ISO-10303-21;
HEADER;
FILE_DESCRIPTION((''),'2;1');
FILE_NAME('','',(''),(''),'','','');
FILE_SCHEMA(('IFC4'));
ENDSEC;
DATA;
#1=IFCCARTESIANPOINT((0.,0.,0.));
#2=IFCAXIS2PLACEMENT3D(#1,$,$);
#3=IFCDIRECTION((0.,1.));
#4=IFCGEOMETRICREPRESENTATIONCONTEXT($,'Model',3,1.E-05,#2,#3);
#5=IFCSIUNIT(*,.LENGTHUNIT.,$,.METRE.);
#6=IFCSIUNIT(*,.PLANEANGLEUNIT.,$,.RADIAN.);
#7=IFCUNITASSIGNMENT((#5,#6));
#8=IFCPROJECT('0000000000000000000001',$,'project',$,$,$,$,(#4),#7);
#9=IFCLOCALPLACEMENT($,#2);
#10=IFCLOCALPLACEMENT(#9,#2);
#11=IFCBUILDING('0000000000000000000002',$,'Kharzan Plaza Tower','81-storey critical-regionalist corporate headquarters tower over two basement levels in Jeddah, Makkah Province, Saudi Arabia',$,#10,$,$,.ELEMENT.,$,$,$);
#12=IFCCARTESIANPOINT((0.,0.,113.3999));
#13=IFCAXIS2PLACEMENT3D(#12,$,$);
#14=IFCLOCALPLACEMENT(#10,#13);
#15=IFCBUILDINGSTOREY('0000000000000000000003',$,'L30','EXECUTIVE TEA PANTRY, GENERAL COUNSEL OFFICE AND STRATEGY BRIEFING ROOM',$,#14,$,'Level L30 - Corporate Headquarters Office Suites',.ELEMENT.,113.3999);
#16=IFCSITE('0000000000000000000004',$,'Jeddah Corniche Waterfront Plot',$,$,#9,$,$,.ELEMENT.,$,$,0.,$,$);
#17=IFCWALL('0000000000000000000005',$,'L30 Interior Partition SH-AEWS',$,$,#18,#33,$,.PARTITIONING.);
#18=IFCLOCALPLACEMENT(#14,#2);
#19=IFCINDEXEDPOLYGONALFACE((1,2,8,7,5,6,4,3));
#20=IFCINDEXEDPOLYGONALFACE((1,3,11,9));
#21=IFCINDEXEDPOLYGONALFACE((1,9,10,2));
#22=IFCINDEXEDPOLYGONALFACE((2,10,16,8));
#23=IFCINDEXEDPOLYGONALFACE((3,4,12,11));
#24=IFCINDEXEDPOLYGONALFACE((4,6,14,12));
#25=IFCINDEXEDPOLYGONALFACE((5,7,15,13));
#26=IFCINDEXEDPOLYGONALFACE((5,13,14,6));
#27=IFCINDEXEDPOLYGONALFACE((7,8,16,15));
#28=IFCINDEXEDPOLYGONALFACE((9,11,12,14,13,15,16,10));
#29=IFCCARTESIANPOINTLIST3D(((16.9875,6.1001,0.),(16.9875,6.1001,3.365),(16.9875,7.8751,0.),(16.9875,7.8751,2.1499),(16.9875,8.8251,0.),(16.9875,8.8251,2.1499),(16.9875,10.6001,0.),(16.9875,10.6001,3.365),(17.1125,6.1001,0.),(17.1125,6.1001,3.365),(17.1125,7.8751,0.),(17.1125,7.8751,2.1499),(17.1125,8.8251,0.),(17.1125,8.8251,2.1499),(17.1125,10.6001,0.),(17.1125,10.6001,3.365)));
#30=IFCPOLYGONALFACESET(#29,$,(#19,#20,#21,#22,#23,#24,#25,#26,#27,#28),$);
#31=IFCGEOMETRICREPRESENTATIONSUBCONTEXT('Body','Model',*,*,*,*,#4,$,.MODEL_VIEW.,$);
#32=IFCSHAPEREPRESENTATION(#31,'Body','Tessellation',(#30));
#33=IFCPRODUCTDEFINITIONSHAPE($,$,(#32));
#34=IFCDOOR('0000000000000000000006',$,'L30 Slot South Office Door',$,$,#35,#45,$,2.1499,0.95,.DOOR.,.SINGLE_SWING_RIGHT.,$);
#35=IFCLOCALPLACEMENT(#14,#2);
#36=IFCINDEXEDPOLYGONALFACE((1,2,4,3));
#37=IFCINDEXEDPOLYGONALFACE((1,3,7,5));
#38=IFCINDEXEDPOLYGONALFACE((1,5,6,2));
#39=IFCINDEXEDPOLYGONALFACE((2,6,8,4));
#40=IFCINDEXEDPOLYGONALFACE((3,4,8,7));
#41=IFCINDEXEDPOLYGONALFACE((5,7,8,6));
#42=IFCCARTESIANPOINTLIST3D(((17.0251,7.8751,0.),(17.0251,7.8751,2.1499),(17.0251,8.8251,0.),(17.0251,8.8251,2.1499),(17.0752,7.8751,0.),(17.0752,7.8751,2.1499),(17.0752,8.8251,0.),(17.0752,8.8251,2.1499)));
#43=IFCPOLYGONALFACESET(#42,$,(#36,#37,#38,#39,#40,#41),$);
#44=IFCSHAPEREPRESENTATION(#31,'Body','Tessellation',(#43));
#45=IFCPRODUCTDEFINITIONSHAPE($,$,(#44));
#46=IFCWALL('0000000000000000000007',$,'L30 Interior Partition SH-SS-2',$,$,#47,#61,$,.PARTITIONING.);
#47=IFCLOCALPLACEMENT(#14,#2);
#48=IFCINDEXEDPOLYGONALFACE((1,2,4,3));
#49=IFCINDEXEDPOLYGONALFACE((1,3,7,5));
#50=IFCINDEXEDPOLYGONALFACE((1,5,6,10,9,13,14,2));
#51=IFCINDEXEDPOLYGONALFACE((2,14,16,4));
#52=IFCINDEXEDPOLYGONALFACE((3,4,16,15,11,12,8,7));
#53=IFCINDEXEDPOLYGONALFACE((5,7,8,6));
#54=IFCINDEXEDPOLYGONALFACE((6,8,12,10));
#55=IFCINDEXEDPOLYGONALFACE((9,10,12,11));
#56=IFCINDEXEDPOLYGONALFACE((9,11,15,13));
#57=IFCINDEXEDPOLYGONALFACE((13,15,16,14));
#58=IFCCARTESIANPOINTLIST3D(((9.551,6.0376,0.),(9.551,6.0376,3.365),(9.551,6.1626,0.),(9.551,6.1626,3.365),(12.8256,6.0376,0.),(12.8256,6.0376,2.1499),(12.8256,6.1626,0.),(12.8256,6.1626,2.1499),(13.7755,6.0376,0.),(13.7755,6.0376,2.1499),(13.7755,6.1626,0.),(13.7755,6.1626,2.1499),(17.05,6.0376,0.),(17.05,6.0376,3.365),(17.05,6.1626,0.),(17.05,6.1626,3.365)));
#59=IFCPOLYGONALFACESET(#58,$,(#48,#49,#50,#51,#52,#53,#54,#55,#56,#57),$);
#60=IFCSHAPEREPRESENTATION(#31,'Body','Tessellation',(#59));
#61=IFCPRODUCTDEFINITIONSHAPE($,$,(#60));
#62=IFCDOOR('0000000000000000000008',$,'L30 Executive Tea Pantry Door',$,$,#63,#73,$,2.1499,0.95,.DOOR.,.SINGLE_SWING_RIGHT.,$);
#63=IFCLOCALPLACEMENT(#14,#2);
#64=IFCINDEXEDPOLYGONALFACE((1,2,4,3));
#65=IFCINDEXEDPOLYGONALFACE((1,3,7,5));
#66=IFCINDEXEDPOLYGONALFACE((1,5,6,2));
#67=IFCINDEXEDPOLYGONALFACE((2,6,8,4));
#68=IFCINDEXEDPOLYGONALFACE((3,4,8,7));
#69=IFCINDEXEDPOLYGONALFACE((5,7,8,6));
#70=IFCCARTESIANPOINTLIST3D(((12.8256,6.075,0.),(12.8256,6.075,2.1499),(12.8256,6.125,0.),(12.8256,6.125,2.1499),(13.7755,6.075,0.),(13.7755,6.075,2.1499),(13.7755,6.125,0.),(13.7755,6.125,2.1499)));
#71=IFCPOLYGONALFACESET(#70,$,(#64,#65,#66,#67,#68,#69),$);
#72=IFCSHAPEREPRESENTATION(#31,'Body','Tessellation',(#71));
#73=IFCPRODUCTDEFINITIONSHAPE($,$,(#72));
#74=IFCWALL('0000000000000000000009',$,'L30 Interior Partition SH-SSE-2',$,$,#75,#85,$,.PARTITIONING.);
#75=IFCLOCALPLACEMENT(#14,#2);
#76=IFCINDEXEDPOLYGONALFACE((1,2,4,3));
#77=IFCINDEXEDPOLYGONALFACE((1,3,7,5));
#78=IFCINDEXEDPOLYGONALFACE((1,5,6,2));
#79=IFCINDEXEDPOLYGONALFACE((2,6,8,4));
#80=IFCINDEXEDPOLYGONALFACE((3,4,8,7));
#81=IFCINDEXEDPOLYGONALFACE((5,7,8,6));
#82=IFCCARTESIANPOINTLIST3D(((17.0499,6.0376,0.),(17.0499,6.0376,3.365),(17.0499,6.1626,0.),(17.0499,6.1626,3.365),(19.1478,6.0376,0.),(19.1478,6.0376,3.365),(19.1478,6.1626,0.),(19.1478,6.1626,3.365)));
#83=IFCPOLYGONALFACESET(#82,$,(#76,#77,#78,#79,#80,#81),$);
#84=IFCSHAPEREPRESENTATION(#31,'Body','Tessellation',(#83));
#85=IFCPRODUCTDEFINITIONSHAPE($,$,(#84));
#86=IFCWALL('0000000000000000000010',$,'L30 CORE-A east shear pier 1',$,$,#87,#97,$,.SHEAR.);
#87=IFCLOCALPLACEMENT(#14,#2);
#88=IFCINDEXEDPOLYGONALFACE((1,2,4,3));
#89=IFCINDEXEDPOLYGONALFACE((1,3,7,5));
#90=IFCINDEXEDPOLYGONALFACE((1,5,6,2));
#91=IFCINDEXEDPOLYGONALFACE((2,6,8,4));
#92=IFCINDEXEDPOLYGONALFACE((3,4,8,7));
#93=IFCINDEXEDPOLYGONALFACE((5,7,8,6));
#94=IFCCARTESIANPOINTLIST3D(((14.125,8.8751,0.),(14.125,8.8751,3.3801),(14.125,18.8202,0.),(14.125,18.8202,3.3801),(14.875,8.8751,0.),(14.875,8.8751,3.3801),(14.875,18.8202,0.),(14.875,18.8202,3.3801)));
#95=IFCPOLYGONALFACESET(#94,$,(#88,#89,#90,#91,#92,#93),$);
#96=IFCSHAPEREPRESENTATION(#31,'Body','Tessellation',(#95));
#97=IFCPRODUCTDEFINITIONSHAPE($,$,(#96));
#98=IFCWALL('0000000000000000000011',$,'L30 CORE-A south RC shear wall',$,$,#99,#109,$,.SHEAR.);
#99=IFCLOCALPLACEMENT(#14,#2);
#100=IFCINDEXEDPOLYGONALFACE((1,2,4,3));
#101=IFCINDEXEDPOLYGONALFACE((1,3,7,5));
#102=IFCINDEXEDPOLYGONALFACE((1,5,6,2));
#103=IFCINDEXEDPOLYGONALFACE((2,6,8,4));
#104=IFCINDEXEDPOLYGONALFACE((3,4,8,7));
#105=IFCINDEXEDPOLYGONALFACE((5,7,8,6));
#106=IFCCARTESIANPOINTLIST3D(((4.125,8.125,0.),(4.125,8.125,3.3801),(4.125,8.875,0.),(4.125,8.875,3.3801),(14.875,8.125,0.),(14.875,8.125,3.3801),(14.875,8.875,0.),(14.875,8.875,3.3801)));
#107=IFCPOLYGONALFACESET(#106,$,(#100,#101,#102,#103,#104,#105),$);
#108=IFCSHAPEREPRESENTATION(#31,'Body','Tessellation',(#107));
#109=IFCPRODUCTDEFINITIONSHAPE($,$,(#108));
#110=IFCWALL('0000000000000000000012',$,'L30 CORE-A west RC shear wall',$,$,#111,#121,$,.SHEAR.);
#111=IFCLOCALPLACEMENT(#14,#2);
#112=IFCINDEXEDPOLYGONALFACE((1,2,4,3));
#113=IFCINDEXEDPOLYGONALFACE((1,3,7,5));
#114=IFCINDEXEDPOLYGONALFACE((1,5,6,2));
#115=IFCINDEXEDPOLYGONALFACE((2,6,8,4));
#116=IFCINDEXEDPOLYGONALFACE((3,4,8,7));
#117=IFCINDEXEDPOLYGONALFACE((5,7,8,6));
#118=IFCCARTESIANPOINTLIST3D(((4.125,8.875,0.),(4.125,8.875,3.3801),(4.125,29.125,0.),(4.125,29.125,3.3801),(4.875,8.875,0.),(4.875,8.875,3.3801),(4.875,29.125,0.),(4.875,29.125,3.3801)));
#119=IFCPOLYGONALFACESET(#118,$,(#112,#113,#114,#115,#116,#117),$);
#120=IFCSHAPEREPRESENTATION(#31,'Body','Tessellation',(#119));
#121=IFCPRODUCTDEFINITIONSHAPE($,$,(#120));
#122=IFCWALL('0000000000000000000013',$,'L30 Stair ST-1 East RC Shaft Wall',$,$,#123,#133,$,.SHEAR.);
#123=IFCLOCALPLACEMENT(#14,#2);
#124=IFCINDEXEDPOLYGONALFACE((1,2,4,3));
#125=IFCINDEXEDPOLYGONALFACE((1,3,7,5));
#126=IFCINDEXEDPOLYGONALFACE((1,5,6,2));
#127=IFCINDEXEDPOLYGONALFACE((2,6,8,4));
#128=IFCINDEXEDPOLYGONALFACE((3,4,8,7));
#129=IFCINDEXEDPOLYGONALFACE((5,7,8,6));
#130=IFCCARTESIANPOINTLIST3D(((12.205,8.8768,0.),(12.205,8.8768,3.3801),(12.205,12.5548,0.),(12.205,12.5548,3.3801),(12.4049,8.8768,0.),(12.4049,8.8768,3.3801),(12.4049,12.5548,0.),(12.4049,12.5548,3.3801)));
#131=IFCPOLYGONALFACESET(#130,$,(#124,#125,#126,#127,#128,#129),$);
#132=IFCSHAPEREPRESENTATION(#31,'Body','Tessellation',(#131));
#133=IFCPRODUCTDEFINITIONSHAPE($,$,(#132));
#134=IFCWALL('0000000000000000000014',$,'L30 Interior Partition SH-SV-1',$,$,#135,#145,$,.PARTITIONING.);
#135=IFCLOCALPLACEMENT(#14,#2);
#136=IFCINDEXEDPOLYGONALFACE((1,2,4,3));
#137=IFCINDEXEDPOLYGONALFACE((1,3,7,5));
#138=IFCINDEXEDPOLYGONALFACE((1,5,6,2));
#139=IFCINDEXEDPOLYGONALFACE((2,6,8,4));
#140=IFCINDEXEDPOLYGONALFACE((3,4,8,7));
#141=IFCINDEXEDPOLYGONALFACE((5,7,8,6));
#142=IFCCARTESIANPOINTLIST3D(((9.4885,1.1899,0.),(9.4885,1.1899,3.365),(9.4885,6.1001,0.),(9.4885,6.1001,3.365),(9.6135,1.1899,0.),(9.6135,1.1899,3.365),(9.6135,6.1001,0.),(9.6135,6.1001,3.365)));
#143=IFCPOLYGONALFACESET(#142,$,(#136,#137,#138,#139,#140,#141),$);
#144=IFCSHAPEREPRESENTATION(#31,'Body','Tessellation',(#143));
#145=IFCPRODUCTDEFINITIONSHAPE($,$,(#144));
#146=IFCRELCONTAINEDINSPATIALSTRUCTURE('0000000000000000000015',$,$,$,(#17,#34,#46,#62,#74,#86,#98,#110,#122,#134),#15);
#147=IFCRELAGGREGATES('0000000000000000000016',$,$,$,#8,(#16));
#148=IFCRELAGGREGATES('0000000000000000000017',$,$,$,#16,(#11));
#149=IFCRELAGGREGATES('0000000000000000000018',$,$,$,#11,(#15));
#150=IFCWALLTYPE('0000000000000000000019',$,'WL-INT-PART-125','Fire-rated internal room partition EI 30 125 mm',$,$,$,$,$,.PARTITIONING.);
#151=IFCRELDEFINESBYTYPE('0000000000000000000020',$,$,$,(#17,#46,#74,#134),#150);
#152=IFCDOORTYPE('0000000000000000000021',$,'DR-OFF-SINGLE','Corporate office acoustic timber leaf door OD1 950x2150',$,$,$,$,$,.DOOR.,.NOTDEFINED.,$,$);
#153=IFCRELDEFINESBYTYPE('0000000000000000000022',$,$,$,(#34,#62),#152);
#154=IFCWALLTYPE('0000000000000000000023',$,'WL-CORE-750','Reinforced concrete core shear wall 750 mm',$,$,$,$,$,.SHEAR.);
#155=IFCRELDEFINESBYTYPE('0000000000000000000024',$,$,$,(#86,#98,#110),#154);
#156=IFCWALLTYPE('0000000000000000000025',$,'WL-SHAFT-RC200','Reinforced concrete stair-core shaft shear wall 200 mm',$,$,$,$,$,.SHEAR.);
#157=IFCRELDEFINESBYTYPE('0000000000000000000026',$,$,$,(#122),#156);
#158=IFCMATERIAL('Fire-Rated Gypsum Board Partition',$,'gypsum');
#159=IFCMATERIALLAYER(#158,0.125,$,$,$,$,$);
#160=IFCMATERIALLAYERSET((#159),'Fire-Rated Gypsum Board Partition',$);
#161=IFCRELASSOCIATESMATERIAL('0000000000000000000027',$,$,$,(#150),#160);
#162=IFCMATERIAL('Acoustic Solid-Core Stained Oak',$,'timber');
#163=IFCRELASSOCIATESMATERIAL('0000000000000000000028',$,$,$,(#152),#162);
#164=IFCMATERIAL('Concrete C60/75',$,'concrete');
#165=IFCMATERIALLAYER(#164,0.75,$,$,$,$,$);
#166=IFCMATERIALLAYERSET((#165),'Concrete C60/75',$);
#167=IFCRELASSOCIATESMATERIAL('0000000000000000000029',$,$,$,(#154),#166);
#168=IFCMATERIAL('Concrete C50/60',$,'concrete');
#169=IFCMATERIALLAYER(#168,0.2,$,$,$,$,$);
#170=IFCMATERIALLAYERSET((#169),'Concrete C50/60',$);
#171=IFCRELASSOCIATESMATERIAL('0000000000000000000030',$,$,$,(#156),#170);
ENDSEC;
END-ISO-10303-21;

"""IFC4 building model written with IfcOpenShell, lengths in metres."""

from ifc_helpers import new_model, si_unit, direction, frame, frame_2d, origin, place, context, subcontext, project, spatial, rectangle, extrude, source, transform, mapped, material, layer, layer_set, type_object, element, fill, save


model = new_model("IFC4")

# Units and contexts
model_context = context("Model", 3, precision=1e-05, world=origin(), true_north=direction((0.0, 1.0)))
body_context = subcontext(model_context, "Body", "Model", "MODEL_VIEW")
ifc_project = project(units=[si_unit("LENGTHUNIT", "METRE"), si_unit("PLANEANGLEUNIT", "RADIAN")], contexts=[model_context])

# Site, building, storey
site_placement = place(None, origin())
site = spatial("IfcSite", under=ifc_project, at=site_placement, Name="Jeddah Corniche Waterfront Plot", CompositionType="ELEMENT", RefElevation=0.0)
building_placement = place(site_placement, origin())
building = spatial("IfcBuilding", under=site, at=building_placement, Name="Kharzan Plaza Tower", Description="81-storey critical-regionalist corporate headquarters tower over two basement levels in Jeddah, Makkah Province, Saudi Arabia", CompositionType="ELEMENT")
storey_placement = place(building_placement, frame((0.0, 0.0, 113.3999)))
storey = spatial("IfcBuildingStorey", under=building, at=storey_placement, Name="L30", Description="EXECUTIVE TEA PANTRY, GENERAL COUNSEL OFFICE AND STRATEGY BRIEFING ROOM", LongName="Level L30 - Corporate Headquarters Office Suites", CompositionType="ELEMENT", Elevation=113.3999)

# Shared definitions
ifc_material_1 = material(Name="Concrete C60/75", Category="concrete")

# Walls, openings, doors
ifc_material_2 = material(Name="Fire-Rated Gypsum Board Partition", Category="gypsum")
ifc_layer_1 = layer(ifc_material_2, 0.125)
ifc_layer_set_1 = layer_set([ifc_layer_1], Name="Fire-Rated Gypsum Board Partition")
wall_type_1 = type_object("IfcWallType", Name="WL-INT-PART-125", Description="Fire-rated internal room partition EI 30 125 mm", PredefinedType="PARTITIONING", material=ifc_layer_set_1)
wall_1_placement = place(storey_placement, frame((17.05, 6.1001, 0.0), z_axis=(0.0, 0.0, 1.0), x_axis=(0.0, 1.0, 0.0)))
wall_1 = element("IfcWall", 1, at=wall_1_placement, inside=storey, type_object=wall_type_1, Name="L30 Interior Partition SH-AEWS", PredefinedType="PARTITIONING", context=body_context, shape_type="SweptSolid", body=[
    extrude(rectangle(XDim=4.5, YDim=0.125, at=frame_2d((2.25, 0.0))), origin(), (0.0, 0.0, 1.0), 3.365),
])
opening_1_placement = place(wall_1_placement, frame((1.7749, 0.0, 0.0)))
opening_1 = element("IfcOpeningElement", 2, at=opening_1_placement, cuts=wall_1, PredefinedType="OPENING", context=body_context, shape_type="SweptSolid", body=[
    extrude(rectangle(XDim=0.95, YDim=2.1499, at=frame_2d((0.4751, 1.075))), frame((0.0, 0.0725, 0.0), z_axis=(0.0, -1.0, 0.0), x_axis=(1.0, 0.0, 0.0)), (0.0, 0.0, 1.0), 0.145),
])
ifc_material_3 = material(Name="Acoustic Solid-Core Stained Oak", Category="timber")
door_type = type_object("IfcDoorType", Name="DR-OFF-SINGLE", Description="Corporate office acoustic timber leaf door OD1 950x2150", OperationType="NOTDEFINED", PredefinedType="DOOR", material=ifc_material_3)
shared_shape_1 = source(origin(), body_context, "Body", "SweptSolid", [
    extrude(rectangle(XDim=0.95, YDim=2.1499, at=frame_2d((0.4751, 1.075))), frame((0.0, 0.0249, 0.0), z_axis=(0.0, -1.0, 0.0), x_axis=(1.0, 0.0, 0.0)), (0.0, 0.0, 1.0), 0.05),
])
door_1_placement = place(opening_1_placement, origin())
door_1 = element("IfcDoor", 3, at=door_1_placement, inside=storey, type_object=door_type, Name="L30 Slot South Office Door", OperationType="SINGLE_SWING_RIGHT", OverallHeight=2.1499, OverallWidth=0.95, PredefinedType="DOOR", context=body_context, shape_type="MappedRepresentation", body=[
    mapped(shared_shape_1, transform((0.0, 0.0, 0.0), x_axis=(1.0, 0.0, 0.0), y_axis=(0.0, 1.0, 0.0), z_axis=(0.0, 0.0, 1.0))),
])
fill(opening_1, door_1)
wall_2_placement = place(storey_placement, frame((9.551, 6.1001, 0.0), z_axis=(0.0, 0.0, 1.0), x_axis=(1.0, 0.0, 0.0)))
wall_2 = element("IfcWall", 4, at=wall_2_placement, inside=storey, type_object=wall_type_1, Name="L30 Interior Partition SH-SS-2", PredefinedType="PARTITIONING", context=body_context, shape_type="SweptSolid", body=[
    extrude(rectangle(XDim=7.499, YDim=0.125, at=frame_2d((3.7495, 0.0))), origin(), (0.0, 0.0, 1.0), 3.365),
])
opening_2_placement = place(wall_2_placement, frame((3.2744, 0.0, 0.0)))
opening_2 = element("IfcOpeningElement", 5, at=opening_2_placement, cuts=wall_2, PredefinedType="OPENING", context=body_context, shape_type="SweptSolid", body=[
    extrude(rectangle(XDim=0.95, YDim=2.1499, at=frame_2d((0.4751, 1.075))), frame((0.0, 0.0725, 0.0), z_axis=(0.0, -1.0, 0.0), x_axis=(1.0, 0.0, 0.0)), (0.0, 0.0, 1.0), 0.145),
])
door_2_placement = place(opening_2_placement, origin())
door_2 = element("IfcDoor", 6, at=door_2_placement, inside=storey, type_object=door_type, Name="L30 Executive Tea Pantry Door", OperationType="SINGLE_SWING_RIGHT", OverallHeight=2.1499, OverallWidth=0.95, PredefinedType="DOOR", context=body_context, shape_type="MappedRepresentation", body=[
    mapped(shared_shape_1, transform((0.0, 0.0, 0.0), x_axis=(1.0, 0.0, 0.0), y_axis=(0.0, 1.0, 0.0), z_axis=(0.0, 0.0, 1.0))),
])
fill(opening_2, door_2)

# Walls
shared_shape_2 = source(origin(), body_context, "Body", "SweptSolid", [
    extrude(rectangle(XDim=2.0979, YDim=0.125, at=frame_2d((1.0488, 0.0))), origin(), (0.0, 0.0, 1.0), 3.365),
])
wall_3_placement = place(storey_placement, frame((17.05, 6.1001, 0.0), z_axis=(0.0, 0.0, 1.0), x_axis=(1.0, 0.0, 0.0)))
element("IfcWall", 7, at=wall_3_placement, inside=storey, type_object=wall_type_1, Name="L30 Interior Partition SH-SSE-2", PredefinedType="PARTITIONING", context=body_context, shape_type="MappedRepresentation", body=[
    mapped(shared_shape_2, transform((0.0, 0.0, 0.0), x_axis=(1.0, 0.0, 0.0), y_axis=(0.0, 1.0, 0.0), z_axis=(0.0, 0.0, 1.0))),
])
ifc_layer_2 = layer(ifc_material_1, 0.75)
ifc_layer_set_2 = layer_set([ifc_layer_2], Name="Concrete C60/75")
wall_type_2 = type_object("IfcWallType", Name="WL-CORE-750", Description="Reinforced concrete core shear wall 750 mm", PredefinedType="SHEAR", material=ifc_layer_set_2)
shared_shape_3 = source(origin(), body_context, "Body", "SweptSolid", [
    extrude(rectangle(XDim=9.9451, YDim=0.75, at=frame_2d((4.9727, 0.0))), origin(), (0.0, 0.0, 1.0), 3.3801),
])
wall_4_placement = place(storey_placement, frame((14.5, 8.875, 0.0), z_axis=(0.0, 0.0, 1.0), x_axis=(0.0, 1.0, 0.0)))
element("IfcWall", 8, at=wall_4_placement, inside=storey, type_object=wall_type_2, Name="L30 CORE-A east shear pier 1", PredefinedType="SHEAR", context=body_context, shape_type="MappedRepresentation", body=[
    mapped(shared_shape_3, transform((0.0, 0.0, 0.0), x_axis=(1.0, 0.0, 0.0), y_axis=(0.0, 1.0, 0.0), z_axis=(0.0, 0.0, 1.0))),
])
shared_shape_4 = source(origin(), body_context, "Body", "SweptSolid", [
    extrude(rectangle(XDim=10.75, YDim=0.75, at=frame_2d((5.375, 0.0))), origin(), (0.0, 0.0, 1.0), 3.3801),
])
wall_5_placement = place(storey_placement, frame((4.125, 8.5, 0.0), z_axis=(0.0, 0.0, 1.0), x_axis=(1.0, 0.0, 0.0)))
element("IfcWall", 9, at=wall_5_placement, inside=storey, type_object=wall_type_2, Name="L30 CORE-A south RC shear wall", PredefinedType="SHEAR", context=body_context, shape_type="MappedRepresentation", body=[
    mapped(shared_shape_4, transform((0.0, 0.0, 0.0), x_axis=(1.0, 0.0, 0.0), y_axis=(0.0, 1.0, 0.0), z_axis=(0.0, 0.0, 1.0))),
])
shared_shape_5 = source(origin(), body_context, "Body", "SweptSolid", [
    extrude(rectangle(XDim=20.25, YDim=0.75, at=frame_2d((10.125, 0.0))), origin(), (0.0, 0.0, 1.0), 3.3801),
])
wall_6_placement = place(storey_placement, frame((4.5, 8.875, 0.0), z_axis=(0.0, 0.0, 1.0), x_axis=(0.0, 1.0, 0.0)))
element("IfcWall", 10, at=wall_6_placement, inside=storey, type_object=wall_type_2, Name="L30 CORE-A west RC shear wall", PredefinedType="SHEAR", context=body_context, shape_type="MappedRepresentation", body=[
    mapped(shared_shape_5, transform((0.0, 0.0, 0.0), x_axis=(1.0, 0.0, 0.0), y_axis=(0.0, 1.0, 0.0), z_axis=(0.0, 0.0, 1.0))),
])
ifc_material_4 = material(Name="Concrete C50/60", Category="concrete")
ifc_layer_3 = layer(ifc_material_4, 0.2)
ifc_layer_set_3 = layer_set([ifc_layer_3], Name="Concrete C50/60")
wall_type_3 = type_object("IfcWallType", Name="WL-SHAFT-RC200", Description="Reinforced concrete stair-core shaft shear wall 200 mm", PredefinedType="SHEAR", material=ifc_layer_set_3)
shared_shape_6 = source(origin(), body_context, "Body", "SweptSolid", [
    extrude(rectangle(XDim=3.678, YDim=0.2, at=frame_2d((1.8389, 0.0))), origin(), (0.0, 0.0, 1.0), 3.3801),
])
wall_7_placement = place(storey_placement, frame((12.3049, 8.877, 0.0), z_axis=(0.0, 0.0, 1.0), x_axis=(0.0, 1.0, 0.0)))
element("IfcWall", 11, at=wall_7_placement, inside=storey, type_object=wall_type_3, Name="L30 Stair ST-1 East RC Shaft Wall", PredefinedType="SHEAR", context=body_context, shape_type="MappedRepresentation", body=[
    mapped(shared_shape_6, transform((0.0, 0.0, 0.0), x_axis=(1.0, 0.0, 0.0), y_axis=(0.0, 1.0, 0.0), z_axis=(0.0, 0.0, 1.0))),
])
shared_shape_7 = source(origin(), body_context, "Body", "SweptSolid", [
    extrude(rectangle(XDim=4.9102, YDim=0.125, at=frame_2d((2.4551, 0.0))), origin(), (0.0, 0.0, 1.0), 3.365),
])
wall_8_placement = place(storey_placement, frame((9.551, 1.1899, 0.0), z_axis=(0.0, 0.0, 1.0), x_axis=(0.0, 1.0, 0.0)))
element("IfcWall", 12, at=wall_8_placement, inside=storey, type_object=wall_type_1, Name="L30 Interior Partition SH-SV-1", PredefinedType="PARTITIONING", context=body_context, shape_type="MappedRepresentation", body=[
    mapped(shared_shape_7, transform((0.0, 0.0, 0.0), x_axis=(1.0, 0.0, 0.0), y_axis=(0.0, 1.0, 0.0), z_axis=(0.0, 0.0, 1.0))),
])

save(model, "model.ifc")
